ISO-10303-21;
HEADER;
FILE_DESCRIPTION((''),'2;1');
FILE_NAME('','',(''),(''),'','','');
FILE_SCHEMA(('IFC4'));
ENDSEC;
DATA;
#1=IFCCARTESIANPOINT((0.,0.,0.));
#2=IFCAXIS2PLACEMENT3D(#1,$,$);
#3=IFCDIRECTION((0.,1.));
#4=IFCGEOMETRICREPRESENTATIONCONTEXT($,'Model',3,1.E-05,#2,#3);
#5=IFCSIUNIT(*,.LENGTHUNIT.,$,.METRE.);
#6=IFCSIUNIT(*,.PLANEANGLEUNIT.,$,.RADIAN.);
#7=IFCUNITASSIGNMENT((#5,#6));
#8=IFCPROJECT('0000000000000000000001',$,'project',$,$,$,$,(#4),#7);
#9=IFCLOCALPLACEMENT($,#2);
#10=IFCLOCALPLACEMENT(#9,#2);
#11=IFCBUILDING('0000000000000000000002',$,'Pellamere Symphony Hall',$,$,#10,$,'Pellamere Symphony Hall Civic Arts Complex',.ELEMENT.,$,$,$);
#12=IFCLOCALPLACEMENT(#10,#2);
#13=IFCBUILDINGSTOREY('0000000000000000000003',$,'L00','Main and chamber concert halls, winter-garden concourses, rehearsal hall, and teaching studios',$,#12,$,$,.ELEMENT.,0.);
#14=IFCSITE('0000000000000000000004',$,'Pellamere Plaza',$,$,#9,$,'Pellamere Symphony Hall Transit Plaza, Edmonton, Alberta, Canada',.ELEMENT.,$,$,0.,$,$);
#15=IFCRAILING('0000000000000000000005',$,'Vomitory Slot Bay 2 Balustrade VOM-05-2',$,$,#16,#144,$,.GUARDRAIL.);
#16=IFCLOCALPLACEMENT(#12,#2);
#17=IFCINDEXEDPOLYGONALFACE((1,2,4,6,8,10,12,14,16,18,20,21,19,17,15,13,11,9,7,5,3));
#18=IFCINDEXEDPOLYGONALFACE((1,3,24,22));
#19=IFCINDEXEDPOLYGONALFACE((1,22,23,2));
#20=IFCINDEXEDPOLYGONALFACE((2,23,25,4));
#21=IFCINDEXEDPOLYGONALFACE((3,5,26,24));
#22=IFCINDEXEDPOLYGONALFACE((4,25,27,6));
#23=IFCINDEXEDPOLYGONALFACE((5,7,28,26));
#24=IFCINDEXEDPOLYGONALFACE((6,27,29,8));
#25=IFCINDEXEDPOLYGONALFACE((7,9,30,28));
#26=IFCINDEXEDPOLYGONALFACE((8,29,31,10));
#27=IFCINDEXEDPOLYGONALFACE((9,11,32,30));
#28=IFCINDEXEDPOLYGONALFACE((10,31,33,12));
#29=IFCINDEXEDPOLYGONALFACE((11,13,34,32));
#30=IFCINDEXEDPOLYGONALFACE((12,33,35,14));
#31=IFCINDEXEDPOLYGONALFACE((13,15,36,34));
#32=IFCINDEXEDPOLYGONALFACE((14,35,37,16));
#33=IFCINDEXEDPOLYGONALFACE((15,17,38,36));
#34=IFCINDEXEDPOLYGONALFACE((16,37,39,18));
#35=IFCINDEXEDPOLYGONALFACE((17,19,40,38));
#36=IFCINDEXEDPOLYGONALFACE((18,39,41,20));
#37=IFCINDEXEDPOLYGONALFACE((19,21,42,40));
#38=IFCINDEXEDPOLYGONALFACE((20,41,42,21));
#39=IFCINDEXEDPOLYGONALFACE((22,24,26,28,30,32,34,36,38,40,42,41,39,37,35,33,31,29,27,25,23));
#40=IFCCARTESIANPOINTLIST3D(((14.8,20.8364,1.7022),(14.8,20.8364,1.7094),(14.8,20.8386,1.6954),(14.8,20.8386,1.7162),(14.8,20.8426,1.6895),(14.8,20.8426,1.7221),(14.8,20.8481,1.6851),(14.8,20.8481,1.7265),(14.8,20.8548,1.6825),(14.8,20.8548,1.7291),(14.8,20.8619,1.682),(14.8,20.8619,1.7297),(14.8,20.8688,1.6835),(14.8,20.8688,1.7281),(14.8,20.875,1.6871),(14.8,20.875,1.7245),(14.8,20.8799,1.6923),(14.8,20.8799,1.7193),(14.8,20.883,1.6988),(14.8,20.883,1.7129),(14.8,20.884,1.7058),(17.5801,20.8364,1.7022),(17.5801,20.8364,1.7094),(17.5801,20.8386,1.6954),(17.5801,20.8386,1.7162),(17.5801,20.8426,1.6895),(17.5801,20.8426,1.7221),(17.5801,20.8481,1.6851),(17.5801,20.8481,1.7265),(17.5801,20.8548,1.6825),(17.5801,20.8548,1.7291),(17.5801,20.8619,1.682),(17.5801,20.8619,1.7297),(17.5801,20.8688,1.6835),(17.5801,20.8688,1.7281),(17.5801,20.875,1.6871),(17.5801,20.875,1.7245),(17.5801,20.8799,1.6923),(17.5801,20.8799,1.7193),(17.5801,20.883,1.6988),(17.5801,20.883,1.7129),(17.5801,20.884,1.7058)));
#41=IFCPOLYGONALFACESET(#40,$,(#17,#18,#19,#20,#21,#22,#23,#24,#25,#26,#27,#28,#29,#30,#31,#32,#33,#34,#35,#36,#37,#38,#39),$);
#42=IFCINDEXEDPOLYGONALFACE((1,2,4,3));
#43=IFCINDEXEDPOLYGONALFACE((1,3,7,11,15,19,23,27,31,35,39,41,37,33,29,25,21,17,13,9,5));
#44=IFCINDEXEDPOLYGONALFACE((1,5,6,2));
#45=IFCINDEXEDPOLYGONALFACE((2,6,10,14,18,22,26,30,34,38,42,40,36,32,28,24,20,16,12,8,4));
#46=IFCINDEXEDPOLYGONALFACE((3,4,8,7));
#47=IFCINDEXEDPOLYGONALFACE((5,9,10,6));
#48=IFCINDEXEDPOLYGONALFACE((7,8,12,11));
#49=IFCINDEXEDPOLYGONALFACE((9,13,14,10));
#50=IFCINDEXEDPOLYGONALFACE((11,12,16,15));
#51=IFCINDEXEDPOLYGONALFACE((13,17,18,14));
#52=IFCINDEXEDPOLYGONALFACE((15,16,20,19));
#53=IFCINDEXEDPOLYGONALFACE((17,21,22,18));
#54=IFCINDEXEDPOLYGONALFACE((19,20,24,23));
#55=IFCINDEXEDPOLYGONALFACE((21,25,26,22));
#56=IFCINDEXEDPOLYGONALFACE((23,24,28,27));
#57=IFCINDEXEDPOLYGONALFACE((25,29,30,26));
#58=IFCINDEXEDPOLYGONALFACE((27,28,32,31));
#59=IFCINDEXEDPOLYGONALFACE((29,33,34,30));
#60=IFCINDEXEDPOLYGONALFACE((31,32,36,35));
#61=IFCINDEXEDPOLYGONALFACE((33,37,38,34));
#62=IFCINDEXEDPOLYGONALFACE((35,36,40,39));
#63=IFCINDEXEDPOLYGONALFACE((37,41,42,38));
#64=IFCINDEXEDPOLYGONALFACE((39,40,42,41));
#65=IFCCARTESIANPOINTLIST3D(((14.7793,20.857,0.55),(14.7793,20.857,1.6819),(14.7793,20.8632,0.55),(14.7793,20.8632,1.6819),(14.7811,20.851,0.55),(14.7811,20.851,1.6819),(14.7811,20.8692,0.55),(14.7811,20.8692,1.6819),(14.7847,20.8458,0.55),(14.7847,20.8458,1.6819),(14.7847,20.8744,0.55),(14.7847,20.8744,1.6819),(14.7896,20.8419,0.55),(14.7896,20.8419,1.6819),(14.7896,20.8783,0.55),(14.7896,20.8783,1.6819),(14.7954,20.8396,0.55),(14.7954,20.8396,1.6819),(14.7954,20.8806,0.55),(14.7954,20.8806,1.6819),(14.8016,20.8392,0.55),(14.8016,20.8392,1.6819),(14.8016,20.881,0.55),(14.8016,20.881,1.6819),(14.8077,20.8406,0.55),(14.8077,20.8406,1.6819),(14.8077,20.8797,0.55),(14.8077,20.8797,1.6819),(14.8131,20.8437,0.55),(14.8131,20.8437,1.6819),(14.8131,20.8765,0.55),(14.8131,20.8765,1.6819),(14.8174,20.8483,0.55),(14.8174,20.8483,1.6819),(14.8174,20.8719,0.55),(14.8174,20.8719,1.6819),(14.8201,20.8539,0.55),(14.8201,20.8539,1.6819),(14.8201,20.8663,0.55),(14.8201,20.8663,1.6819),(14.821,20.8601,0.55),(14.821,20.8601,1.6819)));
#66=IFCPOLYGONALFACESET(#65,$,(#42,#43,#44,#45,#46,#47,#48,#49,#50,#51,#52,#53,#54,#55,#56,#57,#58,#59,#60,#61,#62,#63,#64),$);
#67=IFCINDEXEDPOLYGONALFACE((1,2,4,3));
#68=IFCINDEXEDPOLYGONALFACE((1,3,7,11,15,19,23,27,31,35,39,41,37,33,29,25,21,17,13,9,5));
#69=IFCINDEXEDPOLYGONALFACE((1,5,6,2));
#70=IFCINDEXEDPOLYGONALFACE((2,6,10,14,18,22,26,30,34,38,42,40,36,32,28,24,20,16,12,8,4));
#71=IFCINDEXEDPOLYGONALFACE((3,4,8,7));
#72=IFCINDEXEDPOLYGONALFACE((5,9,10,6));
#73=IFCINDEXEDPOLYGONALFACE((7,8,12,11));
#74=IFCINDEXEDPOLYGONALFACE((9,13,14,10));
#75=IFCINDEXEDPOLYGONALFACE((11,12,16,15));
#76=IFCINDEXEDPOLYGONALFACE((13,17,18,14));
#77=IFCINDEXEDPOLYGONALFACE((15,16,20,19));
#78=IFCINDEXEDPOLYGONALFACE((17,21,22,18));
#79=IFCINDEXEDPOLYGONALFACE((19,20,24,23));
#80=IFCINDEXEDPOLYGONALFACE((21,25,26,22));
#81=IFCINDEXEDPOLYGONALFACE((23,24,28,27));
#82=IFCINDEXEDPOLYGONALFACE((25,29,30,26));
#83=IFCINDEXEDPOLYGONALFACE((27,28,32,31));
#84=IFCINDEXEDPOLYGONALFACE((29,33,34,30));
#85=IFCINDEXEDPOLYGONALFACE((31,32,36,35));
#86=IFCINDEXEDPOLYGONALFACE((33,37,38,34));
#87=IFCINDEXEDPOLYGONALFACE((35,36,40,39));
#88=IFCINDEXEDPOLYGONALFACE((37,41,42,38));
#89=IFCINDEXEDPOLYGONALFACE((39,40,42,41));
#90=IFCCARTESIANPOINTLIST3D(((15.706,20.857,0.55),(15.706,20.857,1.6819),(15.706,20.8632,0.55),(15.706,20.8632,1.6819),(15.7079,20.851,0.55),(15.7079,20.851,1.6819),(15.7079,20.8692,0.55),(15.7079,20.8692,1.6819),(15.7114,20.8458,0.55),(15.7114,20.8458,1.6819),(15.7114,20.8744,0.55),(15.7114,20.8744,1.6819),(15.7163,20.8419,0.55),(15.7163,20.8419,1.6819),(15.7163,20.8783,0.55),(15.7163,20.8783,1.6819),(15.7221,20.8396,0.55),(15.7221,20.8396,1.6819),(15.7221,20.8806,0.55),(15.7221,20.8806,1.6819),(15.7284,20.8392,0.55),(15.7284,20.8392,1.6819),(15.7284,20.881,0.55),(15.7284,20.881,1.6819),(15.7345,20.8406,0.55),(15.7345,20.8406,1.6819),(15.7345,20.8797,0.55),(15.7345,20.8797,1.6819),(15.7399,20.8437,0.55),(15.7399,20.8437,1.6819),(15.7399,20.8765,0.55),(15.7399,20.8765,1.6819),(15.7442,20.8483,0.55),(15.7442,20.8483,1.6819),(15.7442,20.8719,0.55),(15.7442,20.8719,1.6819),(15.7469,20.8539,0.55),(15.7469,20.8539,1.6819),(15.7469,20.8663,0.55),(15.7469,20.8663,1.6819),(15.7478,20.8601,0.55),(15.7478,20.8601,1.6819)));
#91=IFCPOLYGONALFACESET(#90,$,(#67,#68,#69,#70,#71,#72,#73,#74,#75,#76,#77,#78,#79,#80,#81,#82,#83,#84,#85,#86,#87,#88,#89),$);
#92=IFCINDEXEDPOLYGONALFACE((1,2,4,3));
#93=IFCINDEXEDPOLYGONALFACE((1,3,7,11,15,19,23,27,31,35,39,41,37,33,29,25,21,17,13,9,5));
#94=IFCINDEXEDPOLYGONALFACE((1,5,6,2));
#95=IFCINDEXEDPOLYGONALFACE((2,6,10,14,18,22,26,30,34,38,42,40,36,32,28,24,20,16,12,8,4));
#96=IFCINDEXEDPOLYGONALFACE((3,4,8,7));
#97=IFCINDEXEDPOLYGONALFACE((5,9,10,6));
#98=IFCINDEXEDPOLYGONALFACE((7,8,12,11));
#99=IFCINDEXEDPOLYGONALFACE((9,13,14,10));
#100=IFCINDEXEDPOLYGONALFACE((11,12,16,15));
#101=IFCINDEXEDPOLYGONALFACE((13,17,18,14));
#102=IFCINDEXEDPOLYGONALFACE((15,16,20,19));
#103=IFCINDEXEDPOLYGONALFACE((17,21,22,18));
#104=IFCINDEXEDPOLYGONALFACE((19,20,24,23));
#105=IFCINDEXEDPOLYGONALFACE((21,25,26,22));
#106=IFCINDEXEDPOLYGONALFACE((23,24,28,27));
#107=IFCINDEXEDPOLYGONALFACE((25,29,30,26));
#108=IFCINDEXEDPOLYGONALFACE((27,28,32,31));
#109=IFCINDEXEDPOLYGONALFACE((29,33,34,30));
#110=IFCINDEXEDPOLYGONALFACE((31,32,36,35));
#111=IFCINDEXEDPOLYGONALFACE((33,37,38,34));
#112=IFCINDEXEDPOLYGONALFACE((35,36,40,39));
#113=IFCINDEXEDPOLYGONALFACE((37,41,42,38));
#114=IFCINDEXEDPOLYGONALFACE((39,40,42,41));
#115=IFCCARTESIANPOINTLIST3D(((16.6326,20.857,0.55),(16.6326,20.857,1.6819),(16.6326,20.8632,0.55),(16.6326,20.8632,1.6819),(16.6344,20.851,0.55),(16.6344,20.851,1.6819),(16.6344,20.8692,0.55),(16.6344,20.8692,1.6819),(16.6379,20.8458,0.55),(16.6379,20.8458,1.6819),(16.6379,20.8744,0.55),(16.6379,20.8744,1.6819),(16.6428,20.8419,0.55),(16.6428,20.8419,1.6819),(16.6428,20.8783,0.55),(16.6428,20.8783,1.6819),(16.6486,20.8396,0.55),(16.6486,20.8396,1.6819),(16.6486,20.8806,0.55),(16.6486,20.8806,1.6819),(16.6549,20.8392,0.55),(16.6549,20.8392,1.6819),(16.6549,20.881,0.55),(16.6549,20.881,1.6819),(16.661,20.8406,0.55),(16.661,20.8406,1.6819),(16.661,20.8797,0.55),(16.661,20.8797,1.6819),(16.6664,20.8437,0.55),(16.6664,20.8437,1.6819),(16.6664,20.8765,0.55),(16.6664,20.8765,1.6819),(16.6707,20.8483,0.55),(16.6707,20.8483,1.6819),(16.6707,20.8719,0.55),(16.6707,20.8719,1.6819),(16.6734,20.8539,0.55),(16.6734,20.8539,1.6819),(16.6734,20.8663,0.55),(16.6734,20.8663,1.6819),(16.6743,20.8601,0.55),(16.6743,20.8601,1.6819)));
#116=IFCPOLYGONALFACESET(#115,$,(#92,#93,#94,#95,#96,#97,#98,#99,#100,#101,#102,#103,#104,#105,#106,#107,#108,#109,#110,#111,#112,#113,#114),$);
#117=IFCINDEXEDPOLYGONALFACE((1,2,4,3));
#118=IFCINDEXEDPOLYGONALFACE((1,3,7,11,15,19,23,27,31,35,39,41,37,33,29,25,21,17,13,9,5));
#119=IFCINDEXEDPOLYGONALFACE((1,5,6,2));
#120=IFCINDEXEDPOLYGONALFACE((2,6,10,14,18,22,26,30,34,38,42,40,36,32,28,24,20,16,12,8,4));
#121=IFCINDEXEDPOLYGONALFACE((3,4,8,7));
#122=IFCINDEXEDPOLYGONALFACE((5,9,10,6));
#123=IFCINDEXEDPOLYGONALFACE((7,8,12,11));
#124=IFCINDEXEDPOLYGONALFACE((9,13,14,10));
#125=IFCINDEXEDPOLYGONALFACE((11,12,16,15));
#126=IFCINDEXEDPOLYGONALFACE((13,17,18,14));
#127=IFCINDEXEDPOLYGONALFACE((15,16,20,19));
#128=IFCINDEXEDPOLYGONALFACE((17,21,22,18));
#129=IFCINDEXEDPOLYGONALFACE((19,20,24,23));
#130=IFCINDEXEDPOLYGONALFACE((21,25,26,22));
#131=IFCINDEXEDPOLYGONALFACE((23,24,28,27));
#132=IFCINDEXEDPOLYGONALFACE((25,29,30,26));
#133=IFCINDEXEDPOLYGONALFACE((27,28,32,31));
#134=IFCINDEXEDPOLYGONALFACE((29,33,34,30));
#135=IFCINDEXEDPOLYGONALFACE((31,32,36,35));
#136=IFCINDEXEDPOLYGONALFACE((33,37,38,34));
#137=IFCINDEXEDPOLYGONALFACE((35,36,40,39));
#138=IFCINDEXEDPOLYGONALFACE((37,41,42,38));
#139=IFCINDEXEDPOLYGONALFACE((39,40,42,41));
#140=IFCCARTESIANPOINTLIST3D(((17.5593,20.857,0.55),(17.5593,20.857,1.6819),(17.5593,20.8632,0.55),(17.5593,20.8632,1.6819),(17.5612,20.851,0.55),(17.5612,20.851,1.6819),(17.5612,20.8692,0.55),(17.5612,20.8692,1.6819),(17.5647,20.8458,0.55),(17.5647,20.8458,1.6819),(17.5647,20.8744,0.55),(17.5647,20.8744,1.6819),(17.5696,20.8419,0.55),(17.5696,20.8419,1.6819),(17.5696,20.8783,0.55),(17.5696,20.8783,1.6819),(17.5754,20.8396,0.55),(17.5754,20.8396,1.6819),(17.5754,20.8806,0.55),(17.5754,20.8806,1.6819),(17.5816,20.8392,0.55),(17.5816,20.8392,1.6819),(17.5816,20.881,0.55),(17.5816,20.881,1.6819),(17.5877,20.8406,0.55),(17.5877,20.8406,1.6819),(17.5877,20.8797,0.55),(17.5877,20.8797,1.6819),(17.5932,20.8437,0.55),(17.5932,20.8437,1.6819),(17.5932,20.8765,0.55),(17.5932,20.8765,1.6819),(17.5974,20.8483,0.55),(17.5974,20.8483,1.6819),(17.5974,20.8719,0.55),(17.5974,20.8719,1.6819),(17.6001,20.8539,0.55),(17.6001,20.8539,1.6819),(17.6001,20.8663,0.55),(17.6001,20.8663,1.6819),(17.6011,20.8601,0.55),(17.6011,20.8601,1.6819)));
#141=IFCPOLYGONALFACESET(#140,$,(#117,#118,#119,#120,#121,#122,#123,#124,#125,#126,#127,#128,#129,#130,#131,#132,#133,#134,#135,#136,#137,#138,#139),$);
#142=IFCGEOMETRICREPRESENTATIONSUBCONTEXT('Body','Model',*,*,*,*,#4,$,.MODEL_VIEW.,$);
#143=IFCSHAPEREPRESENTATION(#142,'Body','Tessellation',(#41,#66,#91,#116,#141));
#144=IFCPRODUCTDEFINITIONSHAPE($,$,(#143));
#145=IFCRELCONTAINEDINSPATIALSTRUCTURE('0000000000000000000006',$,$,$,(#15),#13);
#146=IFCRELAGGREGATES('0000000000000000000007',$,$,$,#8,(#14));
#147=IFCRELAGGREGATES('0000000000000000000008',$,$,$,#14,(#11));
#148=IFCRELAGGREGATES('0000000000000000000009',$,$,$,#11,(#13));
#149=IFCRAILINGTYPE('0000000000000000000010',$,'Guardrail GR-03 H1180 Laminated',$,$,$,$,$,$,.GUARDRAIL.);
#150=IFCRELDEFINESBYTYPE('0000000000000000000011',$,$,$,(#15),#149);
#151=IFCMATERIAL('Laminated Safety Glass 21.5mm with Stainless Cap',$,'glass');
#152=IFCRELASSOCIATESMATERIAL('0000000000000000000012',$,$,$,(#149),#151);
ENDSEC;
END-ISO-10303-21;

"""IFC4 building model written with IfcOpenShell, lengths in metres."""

from ifc_helpers import new_model, si_unit, direction, frame, origin, origin_2d, place, context, subcontext, project, spatial, circle, extrude, material, type_object, element, save


model = new_model("IFC4")

# Units and contexts
model_context = context("Model", 3, precision=1e-05, world=origin(), true_north=direction((0.0, 1.0)))
body_context = subcontext(model_context, "Body", "Model", "MODEL_VIEW")
ifc_project = project(units=[si_unit("LENGTHUNIT", "METRE"), si_unit("PLANEANGLEUNIT", "RADIAN")], contexts=[model_context])

# Site, building, storey
site_placement = place(None, origin())
site = spatial("IfcSite", under=ifc_project, at=site_placement, Name="Pellamere Plaza", LongName="Pellamere Symphony Hall Transit Plaza, Edmonton, Alberta, Canada", CompositionType="ELEMENT", RefElevation=0.0)
building_placement = place(site_placement, origin())
building = spatial("IfcBuilding", under=site, at=building_placement, Name="Pellamere Symphony Hall", LongName="Pellamere Symphony Hall Civic Arts Complex", CompositionType="ELEMENT")
storey_placement = place(building_placement, origin())
storey = spatial("IfcBuildingStorey", under=building, at=storey_placement, Name="L00", Description="Main and chamber concert halls, winter-garden concourses, rehearsal hall, and teaching studios", CompositionType="ELEMENT", Elevation=0.0)

# Railing
ifc_material_1 = material(Name="Laminated Safety Glass 21.5mm with Stainless Cap", Category="glass")
railing_type_1 = type_object("IfcRailingType", Name="Guardrail GR-03 H1180 Laminated", PredefinedType="GUARDRAIL", material=ifc_material_1)
railing_1_placement = place(storey_placement, frame((14.8, 20.8601, 0.55)))
element("IfcRailing", 1, at=railing_1_placement, inside=storey, type_object=railing_type_1, Name="Vomitory Slot Bay 2 Balustrade VOM-05-2", PredefinedType="GUARDRAIL", context=body_context, shape_type="SweptSolid", body=[
    extrude(circle(Radius=0.0239, at=origin_2d()), frame((0.0, 0.0, 1.1558), z_axis=(1.0, 0.0, 0.0), x_axis=(0.0, 1.0, 0.0)), (0.0, 0.0, 1.0), 2.78),
    extrude(circle(Radius=0.021, at=origin_2d()), origin(), (0.0, 0.0, 1.0), 1.1318),
    extrude(circle(Radius=0.021, at=origin_2d()), frame((0.9268, 0.0, 0.0)), (0.0, 0.0, 1.0), 1.1318),
    extrude(circle(Radius=0.021, at=origin_2d()), frame((1.8533, 0.0, 0.0)), (0.0, 0.0, 1.0), 1.1318),
    extrude(circle(Radius=0.021, at=origin_2d()), frame((2.78, 0.0, 0.0)), (0.0, 0.0, 1.0), 1.1318),
])

save(model, "model.ifc")
